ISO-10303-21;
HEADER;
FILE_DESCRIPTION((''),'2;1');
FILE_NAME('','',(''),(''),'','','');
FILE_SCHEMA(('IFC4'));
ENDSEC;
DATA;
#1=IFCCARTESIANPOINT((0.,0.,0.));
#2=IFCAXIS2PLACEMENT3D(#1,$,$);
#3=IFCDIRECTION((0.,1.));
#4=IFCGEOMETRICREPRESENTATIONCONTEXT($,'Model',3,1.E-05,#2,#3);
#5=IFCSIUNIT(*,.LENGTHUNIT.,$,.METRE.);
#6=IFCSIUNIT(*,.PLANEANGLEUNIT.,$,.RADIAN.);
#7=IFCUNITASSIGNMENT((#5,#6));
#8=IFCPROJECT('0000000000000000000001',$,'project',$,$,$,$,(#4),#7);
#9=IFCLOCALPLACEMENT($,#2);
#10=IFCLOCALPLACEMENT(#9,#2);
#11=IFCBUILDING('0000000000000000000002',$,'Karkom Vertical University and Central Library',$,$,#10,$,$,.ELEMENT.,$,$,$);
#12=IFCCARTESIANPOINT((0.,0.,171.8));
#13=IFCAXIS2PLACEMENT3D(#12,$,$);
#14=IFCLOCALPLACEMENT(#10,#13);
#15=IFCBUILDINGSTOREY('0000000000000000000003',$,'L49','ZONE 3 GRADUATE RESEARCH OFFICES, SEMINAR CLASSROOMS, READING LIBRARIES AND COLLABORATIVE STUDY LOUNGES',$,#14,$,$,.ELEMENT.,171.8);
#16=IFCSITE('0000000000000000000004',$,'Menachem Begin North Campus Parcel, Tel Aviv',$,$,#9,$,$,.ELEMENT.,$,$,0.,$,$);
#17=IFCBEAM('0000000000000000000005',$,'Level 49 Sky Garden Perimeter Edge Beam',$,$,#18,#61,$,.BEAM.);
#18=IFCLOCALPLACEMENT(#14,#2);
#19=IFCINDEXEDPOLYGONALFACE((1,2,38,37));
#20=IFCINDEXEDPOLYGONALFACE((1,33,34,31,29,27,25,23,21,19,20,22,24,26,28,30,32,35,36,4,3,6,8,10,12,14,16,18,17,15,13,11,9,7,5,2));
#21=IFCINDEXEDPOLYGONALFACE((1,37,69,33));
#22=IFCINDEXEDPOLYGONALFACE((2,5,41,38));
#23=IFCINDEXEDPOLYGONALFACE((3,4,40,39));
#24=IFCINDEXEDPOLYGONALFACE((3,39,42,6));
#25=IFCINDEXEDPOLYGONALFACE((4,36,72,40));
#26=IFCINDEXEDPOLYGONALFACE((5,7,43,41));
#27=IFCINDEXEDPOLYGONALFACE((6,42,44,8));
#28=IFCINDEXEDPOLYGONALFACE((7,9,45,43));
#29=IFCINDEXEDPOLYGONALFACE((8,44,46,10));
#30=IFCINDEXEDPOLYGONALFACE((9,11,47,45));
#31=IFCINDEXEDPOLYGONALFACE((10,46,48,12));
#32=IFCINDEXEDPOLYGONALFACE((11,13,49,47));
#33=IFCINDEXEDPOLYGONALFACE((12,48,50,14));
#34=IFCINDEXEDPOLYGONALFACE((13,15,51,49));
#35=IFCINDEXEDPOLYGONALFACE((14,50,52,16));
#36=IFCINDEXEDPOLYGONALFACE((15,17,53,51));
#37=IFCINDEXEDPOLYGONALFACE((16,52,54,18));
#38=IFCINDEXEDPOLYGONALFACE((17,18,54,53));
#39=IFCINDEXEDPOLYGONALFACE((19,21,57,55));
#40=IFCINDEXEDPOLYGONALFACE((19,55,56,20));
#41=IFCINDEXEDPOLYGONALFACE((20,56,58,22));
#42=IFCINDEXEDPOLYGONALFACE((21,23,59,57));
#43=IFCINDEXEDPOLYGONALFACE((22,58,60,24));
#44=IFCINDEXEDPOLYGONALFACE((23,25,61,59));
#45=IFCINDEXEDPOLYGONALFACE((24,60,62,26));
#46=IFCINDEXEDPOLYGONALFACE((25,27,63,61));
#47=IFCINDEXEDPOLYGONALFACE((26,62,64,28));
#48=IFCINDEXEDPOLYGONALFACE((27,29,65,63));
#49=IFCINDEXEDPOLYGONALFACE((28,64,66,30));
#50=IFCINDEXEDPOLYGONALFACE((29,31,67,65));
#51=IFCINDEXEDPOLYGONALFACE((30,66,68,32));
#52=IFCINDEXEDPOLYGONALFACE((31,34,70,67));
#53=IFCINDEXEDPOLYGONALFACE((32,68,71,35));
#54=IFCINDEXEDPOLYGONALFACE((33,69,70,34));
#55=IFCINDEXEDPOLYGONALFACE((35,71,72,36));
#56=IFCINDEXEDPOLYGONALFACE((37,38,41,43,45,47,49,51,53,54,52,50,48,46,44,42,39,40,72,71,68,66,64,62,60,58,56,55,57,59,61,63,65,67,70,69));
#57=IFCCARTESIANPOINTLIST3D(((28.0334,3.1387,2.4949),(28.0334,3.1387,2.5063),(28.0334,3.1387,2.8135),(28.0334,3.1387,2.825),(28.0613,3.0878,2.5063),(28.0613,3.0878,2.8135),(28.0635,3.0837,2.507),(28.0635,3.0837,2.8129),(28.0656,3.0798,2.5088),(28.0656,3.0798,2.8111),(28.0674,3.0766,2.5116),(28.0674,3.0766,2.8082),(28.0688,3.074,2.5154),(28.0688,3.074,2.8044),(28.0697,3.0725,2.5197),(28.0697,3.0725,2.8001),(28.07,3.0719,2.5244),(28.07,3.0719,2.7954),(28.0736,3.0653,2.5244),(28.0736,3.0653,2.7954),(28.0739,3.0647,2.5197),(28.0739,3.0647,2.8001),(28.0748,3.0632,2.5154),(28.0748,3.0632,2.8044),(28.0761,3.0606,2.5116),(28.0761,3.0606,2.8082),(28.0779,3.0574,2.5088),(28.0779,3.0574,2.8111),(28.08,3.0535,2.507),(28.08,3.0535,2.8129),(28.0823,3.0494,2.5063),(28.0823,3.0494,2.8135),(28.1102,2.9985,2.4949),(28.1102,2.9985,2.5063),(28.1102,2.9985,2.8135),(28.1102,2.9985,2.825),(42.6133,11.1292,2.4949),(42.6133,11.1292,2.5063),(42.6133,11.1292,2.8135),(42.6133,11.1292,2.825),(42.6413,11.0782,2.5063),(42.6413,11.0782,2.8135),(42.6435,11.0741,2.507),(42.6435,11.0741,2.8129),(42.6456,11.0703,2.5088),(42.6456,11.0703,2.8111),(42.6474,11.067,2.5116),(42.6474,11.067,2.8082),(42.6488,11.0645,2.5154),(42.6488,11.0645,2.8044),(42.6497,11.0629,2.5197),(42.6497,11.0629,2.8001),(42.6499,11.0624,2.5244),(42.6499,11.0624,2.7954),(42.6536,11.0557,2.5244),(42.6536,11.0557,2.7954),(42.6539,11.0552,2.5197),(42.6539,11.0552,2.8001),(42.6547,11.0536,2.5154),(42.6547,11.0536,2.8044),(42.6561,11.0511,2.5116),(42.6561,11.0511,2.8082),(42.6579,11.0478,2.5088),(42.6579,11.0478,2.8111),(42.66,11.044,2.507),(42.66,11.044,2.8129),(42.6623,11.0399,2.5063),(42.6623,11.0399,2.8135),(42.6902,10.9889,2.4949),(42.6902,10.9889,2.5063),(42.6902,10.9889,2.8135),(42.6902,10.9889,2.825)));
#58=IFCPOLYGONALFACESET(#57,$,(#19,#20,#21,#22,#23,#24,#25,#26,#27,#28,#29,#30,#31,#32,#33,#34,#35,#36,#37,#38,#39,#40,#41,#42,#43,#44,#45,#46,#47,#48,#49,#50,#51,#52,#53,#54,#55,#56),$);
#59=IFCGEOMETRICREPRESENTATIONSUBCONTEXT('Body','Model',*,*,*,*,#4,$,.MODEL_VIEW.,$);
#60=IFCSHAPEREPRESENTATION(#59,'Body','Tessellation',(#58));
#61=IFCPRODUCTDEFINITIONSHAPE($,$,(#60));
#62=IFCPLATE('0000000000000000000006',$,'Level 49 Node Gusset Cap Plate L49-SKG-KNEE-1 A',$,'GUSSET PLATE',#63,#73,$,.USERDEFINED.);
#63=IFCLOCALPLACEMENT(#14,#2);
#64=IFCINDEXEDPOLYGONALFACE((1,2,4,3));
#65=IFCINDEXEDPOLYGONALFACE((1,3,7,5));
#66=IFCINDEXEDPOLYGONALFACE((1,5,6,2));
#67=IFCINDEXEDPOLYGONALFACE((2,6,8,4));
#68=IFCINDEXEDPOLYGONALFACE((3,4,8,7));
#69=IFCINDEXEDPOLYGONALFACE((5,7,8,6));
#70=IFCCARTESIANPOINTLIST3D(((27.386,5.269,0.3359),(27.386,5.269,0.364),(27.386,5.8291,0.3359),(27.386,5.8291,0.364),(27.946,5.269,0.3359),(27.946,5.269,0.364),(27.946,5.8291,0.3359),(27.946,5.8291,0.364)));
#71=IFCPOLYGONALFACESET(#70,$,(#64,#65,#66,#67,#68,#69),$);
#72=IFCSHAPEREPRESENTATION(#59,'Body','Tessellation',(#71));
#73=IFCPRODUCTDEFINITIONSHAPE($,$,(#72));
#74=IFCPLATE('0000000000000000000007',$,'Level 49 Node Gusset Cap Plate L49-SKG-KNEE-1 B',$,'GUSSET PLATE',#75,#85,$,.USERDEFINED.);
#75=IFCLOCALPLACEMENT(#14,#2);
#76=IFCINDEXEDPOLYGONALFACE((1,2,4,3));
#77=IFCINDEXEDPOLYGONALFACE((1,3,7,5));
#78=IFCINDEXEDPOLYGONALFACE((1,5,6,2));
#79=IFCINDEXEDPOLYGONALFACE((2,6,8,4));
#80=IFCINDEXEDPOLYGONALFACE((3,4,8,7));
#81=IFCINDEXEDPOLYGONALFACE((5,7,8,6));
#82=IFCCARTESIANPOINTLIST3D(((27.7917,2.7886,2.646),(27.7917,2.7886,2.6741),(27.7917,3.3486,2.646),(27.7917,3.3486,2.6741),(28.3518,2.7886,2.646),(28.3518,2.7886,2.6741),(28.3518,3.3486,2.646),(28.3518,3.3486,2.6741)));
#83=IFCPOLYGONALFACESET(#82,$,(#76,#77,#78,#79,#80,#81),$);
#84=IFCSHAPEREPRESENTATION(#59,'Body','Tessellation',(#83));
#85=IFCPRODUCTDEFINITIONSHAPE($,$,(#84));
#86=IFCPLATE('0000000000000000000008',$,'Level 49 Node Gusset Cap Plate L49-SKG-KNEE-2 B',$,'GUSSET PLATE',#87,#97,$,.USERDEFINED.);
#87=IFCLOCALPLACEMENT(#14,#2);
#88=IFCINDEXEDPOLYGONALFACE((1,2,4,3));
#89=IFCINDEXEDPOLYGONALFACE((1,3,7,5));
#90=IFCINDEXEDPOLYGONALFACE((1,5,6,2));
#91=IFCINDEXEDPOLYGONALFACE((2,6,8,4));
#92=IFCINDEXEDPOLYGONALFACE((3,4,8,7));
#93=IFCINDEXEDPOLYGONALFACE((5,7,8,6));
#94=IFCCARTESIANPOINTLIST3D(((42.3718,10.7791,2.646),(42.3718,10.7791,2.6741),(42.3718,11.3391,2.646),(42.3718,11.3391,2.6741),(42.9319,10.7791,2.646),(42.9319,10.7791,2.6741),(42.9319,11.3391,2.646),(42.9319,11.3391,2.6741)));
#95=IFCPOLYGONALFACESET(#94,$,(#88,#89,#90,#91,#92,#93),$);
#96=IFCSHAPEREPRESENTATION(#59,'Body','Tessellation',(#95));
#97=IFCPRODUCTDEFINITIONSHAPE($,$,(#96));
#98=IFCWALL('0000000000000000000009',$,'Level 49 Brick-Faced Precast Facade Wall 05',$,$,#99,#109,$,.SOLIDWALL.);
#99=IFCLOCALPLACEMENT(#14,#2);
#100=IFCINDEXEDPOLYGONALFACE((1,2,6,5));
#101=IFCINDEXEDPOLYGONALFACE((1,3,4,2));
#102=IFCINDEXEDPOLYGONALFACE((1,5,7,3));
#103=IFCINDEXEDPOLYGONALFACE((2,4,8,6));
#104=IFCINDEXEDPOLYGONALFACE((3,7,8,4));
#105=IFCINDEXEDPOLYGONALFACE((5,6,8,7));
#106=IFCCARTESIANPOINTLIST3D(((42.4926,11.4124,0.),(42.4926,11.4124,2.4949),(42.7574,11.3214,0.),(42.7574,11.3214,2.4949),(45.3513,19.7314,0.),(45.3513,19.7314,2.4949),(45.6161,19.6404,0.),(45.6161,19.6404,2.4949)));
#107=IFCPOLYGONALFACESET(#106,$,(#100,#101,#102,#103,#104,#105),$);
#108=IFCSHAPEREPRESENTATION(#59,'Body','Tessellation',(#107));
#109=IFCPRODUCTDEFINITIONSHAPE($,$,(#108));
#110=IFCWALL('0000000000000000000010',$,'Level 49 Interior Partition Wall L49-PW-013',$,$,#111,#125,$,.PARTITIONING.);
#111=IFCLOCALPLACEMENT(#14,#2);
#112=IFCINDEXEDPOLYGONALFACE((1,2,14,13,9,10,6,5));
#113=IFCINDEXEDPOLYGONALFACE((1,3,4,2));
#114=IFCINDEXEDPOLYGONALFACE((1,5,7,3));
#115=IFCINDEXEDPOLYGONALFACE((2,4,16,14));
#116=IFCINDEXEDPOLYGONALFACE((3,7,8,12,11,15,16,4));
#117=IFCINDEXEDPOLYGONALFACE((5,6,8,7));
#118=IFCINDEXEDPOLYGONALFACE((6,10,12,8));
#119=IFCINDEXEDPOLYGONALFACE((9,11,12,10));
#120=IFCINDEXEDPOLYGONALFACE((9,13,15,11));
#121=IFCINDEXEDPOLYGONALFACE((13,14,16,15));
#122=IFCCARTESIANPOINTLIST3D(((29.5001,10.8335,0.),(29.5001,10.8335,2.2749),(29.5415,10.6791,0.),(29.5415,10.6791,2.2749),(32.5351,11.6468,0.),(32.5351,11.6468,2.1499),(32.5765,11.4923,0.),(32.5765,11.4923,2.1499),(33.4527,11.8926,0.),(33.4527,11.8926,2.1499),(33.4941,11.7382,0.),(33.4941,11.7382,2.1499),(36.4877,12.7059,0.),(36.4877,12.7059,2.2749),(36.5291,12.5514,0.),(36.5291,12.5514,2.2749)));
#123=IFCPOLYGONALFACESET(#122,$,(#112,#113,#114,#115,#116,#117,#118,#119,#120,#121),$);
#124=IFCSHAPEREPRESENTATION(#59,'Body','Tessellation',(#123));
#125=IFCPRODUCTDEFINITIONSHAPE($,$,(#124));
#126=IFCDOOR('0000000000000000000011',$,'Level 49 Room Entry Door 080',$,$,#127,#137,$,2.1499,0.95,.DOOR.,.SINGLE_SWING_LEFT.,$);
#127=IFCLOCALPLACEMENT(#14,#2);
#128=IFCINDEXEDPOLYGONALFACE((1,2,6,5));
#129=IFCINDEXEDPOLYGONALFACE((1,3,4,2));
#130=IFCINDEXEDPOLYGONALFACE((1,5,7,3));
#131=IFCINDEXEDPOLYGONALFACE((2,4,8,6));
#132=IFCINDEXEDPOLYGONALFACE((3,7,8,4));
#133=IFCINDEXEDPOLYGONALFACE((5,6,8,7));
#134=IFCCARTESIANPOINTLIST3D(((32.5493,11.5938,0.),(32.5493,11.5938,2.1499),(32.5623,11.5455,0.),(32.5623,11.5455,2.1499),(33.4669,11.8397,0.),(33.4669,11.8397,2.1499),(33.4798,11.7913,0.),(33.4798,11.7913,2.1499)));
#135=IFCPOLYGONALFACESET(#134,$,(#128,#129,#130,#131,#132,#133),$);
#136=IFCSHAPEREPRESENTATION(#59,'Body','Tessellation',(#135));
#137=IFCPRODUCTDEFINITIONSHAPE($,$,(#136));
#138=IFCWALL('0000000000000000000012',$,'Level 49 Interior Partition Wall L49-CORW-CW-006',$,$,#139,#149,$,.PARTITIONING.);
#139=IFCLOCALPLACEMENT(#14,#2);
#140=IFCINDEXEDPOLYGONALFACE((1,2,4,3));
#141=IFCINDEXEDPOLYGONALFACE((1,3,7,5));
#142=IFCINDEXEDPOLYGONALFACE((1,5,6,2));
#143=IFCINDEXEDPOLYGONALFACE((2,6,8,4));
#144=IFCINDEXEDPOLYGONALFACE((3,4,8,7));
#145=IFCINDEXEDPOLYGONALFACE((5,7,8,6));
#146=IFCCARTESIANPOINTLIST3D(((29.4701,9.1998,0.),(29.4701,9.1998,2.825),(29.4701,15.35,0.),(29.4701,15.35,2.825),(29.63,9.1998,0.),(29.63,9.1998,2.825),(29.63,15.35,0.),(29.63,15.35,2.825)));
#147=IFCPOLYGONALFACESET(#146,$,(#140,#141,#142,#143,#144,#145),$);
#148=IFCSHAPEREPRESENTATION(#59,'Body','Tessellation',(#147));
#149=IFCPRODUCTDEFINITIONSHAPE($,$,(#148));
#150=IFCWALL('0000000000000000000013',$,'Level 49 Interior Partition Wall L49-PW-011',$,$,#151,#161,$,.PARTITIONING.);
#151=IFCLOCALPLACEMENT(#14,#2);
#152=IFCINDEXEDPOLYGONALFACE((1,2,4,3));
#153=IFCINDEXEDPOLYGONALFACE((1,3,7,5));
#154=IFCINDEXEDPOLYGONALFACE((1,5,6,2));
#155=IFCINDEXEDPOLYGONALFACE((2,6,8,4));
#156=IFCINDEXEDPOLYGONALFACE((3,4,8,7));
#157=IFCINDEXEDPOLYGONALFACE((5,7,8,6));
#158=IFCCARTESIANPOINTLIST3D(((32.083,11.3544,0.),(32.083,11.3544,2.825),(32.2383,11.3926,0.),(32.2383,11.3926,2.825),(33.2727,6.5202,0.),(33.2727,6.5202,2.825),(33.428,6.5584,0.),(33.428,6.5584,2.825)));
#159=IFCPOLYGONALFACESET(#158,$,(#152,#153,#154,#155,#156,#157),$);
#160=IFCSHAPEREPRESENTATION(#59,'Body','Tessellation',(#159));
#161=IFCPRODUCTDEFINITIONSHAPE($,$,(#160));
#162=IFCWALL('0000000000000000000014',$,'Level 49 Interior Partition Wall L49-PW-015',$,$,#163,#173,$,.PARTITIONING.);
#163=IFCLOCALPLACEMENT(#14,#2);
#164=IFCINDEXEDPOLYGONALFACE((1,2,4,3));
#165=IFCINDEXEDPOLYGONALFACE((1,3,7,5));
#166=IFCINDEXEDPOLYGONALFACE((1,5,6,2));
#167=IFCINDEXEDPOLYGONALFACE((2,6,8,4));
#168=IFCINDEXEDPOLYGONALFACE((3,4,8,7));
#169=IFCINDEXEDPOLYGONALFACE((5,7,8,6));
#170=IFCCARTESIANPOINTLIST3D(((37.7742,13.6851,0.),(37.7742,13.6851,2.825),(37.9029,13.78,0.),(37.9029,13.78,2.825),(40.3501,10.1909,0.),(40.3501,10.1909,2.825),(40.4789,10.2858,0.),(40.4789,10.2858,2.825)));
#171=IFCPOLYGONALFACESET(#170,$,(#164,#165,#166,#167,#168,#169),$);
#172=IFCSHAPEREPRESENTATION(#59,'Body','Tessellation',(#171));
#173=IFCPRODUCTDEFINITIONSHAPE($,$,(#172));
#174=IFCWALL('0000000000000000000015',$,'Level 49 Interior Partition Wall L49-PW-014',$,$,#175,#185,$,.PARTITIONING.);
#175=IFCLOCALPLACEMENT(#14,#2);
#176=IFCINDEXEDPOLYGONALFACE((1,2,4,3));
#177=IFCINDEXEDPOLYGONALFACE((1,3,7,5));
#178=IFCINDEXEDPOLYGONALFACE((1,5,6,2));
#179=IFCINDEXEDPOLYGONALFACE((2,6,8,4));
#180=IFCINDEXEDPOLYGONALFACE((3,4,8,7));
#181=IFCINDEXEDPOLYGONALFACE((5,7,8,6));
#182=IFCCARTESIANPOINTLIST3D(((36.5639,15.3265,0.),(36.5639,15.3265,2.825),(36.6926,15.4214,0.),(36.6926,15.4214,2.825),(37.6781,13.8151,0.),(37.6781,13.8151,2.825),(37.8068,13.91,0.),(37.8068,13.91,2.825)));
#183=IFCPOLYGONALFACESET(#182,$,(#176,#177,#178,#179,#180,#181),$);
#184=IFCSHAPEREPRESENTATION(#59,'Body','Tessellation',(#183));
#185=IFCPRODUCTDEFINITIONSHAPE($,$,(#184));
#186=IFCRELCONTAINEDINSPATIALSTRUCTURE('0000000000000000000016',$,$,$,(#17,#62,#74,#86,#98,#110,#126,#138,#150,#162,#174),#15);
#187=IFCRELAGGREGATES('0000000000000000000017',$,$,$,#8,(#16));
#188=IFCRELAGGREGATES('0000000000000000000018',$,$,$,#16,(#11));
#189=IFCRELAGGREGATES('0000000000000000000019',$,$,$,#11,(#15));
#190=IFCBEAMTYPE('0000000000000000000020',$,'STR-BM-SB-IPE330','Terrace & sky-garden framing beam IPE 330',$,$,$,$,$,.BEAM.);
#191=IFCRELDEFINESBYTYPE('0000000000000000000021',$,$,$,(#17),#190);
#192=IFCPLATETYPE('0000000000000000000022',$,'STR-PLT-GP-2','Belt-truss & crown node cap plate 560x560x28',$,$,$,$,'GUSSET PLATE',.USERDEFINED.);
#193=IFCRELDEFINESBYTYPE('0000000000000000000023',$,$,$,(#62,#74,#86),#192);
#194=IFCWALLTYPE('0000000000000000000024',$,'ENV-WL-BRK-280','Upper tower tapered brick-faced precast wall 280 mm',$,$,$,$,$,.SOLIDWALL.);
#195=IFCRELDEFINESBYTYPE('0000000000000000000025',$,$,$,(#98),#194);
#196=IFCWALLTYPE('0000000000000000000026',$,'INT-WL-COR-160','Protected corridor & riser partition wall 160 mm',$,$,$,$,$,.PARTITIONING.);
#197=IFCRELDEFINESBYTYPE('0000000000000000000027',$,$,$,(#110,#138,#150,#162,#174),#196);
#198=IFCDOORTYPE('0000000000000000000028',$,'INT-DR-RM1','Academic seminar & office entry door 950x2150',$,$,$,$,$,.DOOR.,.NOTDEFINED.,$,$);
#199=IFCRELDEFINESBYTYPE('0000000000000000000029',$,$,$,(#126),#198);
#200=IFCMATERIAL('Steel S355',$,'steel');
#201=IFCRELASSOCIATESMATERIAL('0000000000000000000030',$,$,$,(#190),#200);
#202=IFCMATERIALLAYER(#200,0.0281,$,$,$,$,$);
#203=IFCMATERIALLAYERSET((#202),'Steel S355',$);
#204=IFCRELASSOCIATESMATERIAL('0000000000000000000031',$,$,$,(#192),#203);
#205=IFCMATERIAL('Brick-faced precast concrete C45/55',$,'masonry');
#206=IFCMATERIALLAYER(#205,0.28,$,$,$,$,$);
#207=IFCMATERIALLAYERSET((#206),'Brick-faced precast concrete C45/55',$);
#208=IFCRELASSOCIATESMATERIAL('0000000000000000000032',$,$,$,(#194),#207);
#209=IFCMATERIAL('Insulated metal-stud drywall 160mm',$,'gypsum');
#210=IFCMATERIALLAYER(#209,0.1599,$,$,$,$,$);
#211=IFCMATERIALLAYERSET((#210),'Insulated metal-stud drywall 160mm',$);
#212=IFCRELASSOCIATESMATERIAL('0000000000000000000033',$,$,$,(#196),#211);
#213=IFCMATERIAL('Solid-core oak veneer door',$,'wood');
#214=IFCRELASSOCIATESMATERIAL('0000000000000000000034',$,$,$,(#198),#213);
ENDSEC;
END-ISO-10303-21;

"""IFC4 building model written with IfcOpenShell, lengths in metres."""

from ifc_helpers import new_model, si_unit, direction, frame, frame_2d, origin, origin_with_axes, origin_2d, place, context, subcontext, project, spatial, rectangle, i_section, extrude, source, transform, mapped, material, layer, layer_set, material_profile, profile_set, type_object, element, fill, save


model = new_model("IFC4")

# Units and contexts
model_context = context("Model", 3, precision=1e-05, world=origin(), true_north=direction((0.0, 1.0)))
body_context = subcontext(model_context, "Body", "Model", "MODEL_VIEW")
ifc_project = project(units=[si_unit("LENGTHUNIT", "METRE"), si_unit("PLANEANGLEUNIT", "RADIAN")], contexts=[model_context])

# Site, building, storey
site_placement = place(None, origin())
site = spatial("IfcSite", under=ifc_project, at=site_placement, Name="Menachem Begin North Campus Parcel, Tel Aviv", CompositionType="ELEMENT", RefElevation=0.0)
building_placement = place(site_placement, origin())
building = spatial("IfcBuilding", under=site, at=building_placement, Name="Karkom Vertical University and Central Library", CompositionType="ELEMENT")
storey_placement = place(building_placement, frame((0.0, 0.0, 171.8)))
storey = spatial("IfcBuildingStorey", under=building, at=storey_placement, Name="L49", Description="ZONE 3 GRADUATE RESEARCH OFFICES, SEMINAR CLASSROOMS, READING LIBRARIES AND COLLABORATIVE STUDY LOUNGES", CompositionType="ELEMENT", Elevation=171.8)

# Shared definitions
ifc_material_1 = material(Name="Steel S355", Category="steel")

# Beam
ifc_material_profile_1 = material_profile(ifc_material_1, i_section(OverallWidth=0.1599, OverallDepth=0.3301, WebThickness=0.0076, FlangeThickness=0.0115, FilletRadius=0.0181, at=origin_2d()), Name="IPE 330")
ifc_profile_set_1 = profile_set([ifc_material_profile_1], Name="Steel S355")
beam_type_1 = type_object("IfcBeamType", Name="STR-BM-SB-IPE330", Description="Terrace & sky-garden framing beam IPE 330", PredefinedType="BEAM", material=ifc_profile_set_1)
shared_shape_1 = source(origin_with_axes(), body_context, "Body", "SweptSolid", [
    extrude(i_section(OverallWidth=0.1599, OverallDepth=0.3301, WebThickness=0.0076, FlangeThickness=0.0115, FilletRadius=0.0181, at=origin_2d()), origin(), (0.0, 0.0, 1.0), 16.626),
])
beam_1_placement = place(storey_placement, frame((28.0718, 3.0686, 2.6599), z_axis=(0.87694, 0.480599, 0.0), x_axis=(-0.480599, 0.87694, 0.0)))
element("IfcBeam", 1, at=beam_1_placement, inside=storey, type_object=beam_type_1, Name="Level 49 Sky Garden Perimeter Edge Beam", PredefinedType="BEAM", context=body_context, shape_type="MappedRepresentation", body=[
    mapped(shared_shape_1, transform((0.0, 0.0, 0.0), scale=1.0)),
])

# Plates
ifc_layer_1 = layer(ifc_material_1, 0.0281)
ifc_layer_set_1 = layer_set([ifc_layer_1], Name="Steel S355")
plate_type = type_object("IfcPlateType", Name="STR-PLT-GP-2", Description="Belt-truss & crown node cap plate 560x560x28", ElementType="GUSSET PLATE", PredefinedType="USERDEFINED", material=ifc_layer_set_1)
shared_shape_2 = source(origin_with_axes(), body_context, "Body", "SweptSolid", [
    extrude(rectangle(XDim=0.5601, YDim=0.5601, at=origin_2d()), origin(), (0.0, 0.0, 1.0), 0.0281),
])
for number, where, z_axis, x_axis, name in (
    (2, (27.666, 5.5491, 0.3359), (0.0, 0.0, 1.0), (1.0, 0.0, 0.0), "Level 49 Node Gusset Cap Plate L49-SKG-KNEE-1 A"),
    (3, (28.0718, 3.0686, 2.646), (0.0, 0.0, 1.0), (1.0, 0.0, 0.0), "Level 49 Node Gusset Cap Plate L49-SKG-KNEE-1 B"),
    (4, (42.6519, 11.0591, 2.646), (0.0, 0.0, 1.0), (1.0, 0.0, 0.0), "Level 49 Node Gusset Cap Plate L49-SKG-KNEE-2 B"),
):
    element("IfcPlate", number, at=place(storey_placement, frame(where, z_axis=z_axis, x_axis=x_axis)), inside=storey, type_object=plate_type, Name=name, ObjectType="GUSSET PLATE", PredefinedType="USERDEFINED", context=body_context, shape_type="MappedRepresentation", body=[
        mapped(shared_shape_2, transform((0.0, 0.0, 0.0), scale=1.0)),
    ])

# Wall
ifc_material_2 = material(Name="Brick-faced precast concrete C45/55", Category="masonry")
ifc_layer_2 = layer(ifc_material_2, 0.28)
ifc_layer_set_2 = layer_set([ifc_layer_2], Name="Brick-faced precast concrete C45/55")
wall_type_1 = type_object("IfcWallType", Name="ENV-WL-BRK-280", Description="Upper tower tapered brick-faced precast wall 280 mm", PredefinedType="SOLIDWALL", material=ifc_layer_set_2)
wall_1_placement = place(storey_placement, frame((42.625, 11.3669, 0.0), z_axis=(0.0, 0.0, 1.0), x_axis=(0.324982, 0.94572, 0.0)))
element("IfcWall", 5, at=wall_1_placement, inside=storey, type_object=wall_type_1, Name="Level 49 Brick-Faced Precast Facade Wall 05", PredefinedType="SOLIDWALL", context=body_context, shape_type="SweptSolid", body=[
    extrude(rectangle(XDim=8.7964, YDim=0.28, at=frame_2d((4.3982, 0.0))), origin(), (0.0, 0.0, 1.0), 2.4949),
])

# Shared definitions
ifc_material_3 = material(Name="Insulated metal-stud drywall 160mm", Category="gypsum")
ifc_layer_3 = layer(ifc_material_3, 0.1599)
ifc_layer_set_3 = layer_set([ifc_layer_3], Name="Insulated metal-stud drywall 160mm")
wall_type_2 = type_object("IfcWallType", Name="INT-WL-COR-160", Description="Protected corridor & riser partition wall 160 mm", PredefinedType="PARTITIONING", material=ifc_layer_set_3)
ifc_material_4 = material(Name="Solid-core oak veneer door", Category="wood")
door_type = type_object("IfcDoorType", Name="INT-DR-RM1", Description="Academic seminar & office entry door 950x2150", OperationType="NOTDEFINED", PredefinedType="DOOR", material=ifc_material_4)
shared_shape_3 = source(origin_with_axes(), body_context, "Body", "SweptSolid", [
    extrude(rectangle(XDim=0.95, YDim=2.1499, at=frame_2d((0.4751, 1.075))), frame((0.0, 0.0249, 0.0), z_axis=(0.0, -1.0, 0.0), x_axis=(1.0, 0.0, 0.0)), (0.0, 0.0, 1.0), 0.05),
])

# Wall, opening, door
wall_2_placement = place(storey_placement, frame((36.5085, 12.6287, 0.0), z_axis=(0.0, 0.0, 1.0), x_axis=(-0.965926, -0.25882, 0.0)))
wall_2 = element("IfcWall", 6, at=wall_2_placement, inside=storey, type_object=wall_type_2, Name="Level 49 Interior Partition Wall L49-PW-013", PredefinedType="PARTITIONING", context=body_context, shape_type="SweptSolid", body=[
    extrude(rectangle(XDim=7.2341, YDim=0.1599, at=frame_2d((3.6172, 0.0))), origin(), (0.0, 0.0, 1.0), 2.2749),
])
opening_1_placement = place(wall_2_placement, frame((3.1421, 0.0, 0.0)))
opening_1 = element("IfcOpeningElement", 7, at=opening_1_placement, cuts=wall_2, PredefinedType="OPENING", context=body_context, shape_type="SweptSolid", body=[
    extrude(rectangle(XDim=0.95, YDim=2.1499, at=frame_2d((0.4751, 1.075))), frame((0.0, 0.0898, 0.0), z_axis=(0.0, -1.0, 0.0), x_axis=(1.0, 0.0, 0.0)), (0.0, 0.0, 1.0), 0.1799),
])
door_1_placement = place(opening_1_placement, origin())
door_1 = element("IfcDoor", 8, at=door_1_placement, inside=storey, type_object=door_type, Name="Level 49 Room Entry Door 080", OperationType="SINGLE_SWING_LEFT", OverallHeight=2.1499, OverallWidth=0.95, PredefinedType="DOOR", context=body_context, shape_type="MappedRepresentation", body=[
    mapped(shared_shape_3, transform((0.0, 0.0, 0.0), scale=1.0)),
])
fill(opening_1, door_1)

# Walls
wall_3_placement = place(storey_placement, frame((29.55, 15.3501, 0.0), z_axis=(0.0, 0.0, 1.0), x_axis=(0.0, -1.0, 0.0)))
element("IfcWall", 9, at=wall_3_placement, inside=storey, type_object=wall_type_2, Name="Level 49 Interior Partition Wall L49-CORW-CW-006", PredefinedType="PARTITIONING", context=body_context, shape_type="SweptSolid", body=[
    extrude(rectangle(XDim=6.1501, YDim=0.1599, at=frame_2d((3.0752, 0.0))), origin(), (0.0, 0.0, 1.0), 2.825),
])
wall_4_placement = place(storey_placement, frame((32.1606, 11.3735, 0.0), z_axis=(0.0, 0.0, 1.0), x_axis=(0.238969, -0.971027, 0.0)))
element("IfcWall", 10, at=wall_4_placement, inside=storey, type_object=wall_type_2, Name="Level 49 Interior Partition Wall L49-PW-011", PredefinedType="PARTITIONING", context=body_context, shape_type="SweptSolid", body=[
    extrude(rectangle(XDim=4.9785, YDim=0.1599, at=frame_2d((2.4893, 0.0))), origin(), (0.0, 0.0, 1.0), 2.825),
])
wall_5_placement = place(storey_placement, frame((37.8386, 13.7324, 0.0), z_axis=(0.0, 0.0, 1.0), x_axis=(0.593393, -0.804913, 0.0)))
element("IfcWall", 11, at=wall_5_placement, inside=storey, type_object=wall_type_2, Name="Level 49 Interior Partition Wall L49-PW-015", PredefinedType="PARTITIONING", context=body_context, shape_type="SweptSolid", body=[
    extrude(rectangle(XDim=4.3411, YDim=0.1599, at=frame_2d((2.1704, 0.0))), origin(), (0.0, 0.0, 1.0), 2.825),
])

# Wall
wall_6_placement = place(storey_placement, frame((36.6282, 15.374, 0.0), z_axis=(0.0, 0.0, 1.0), x_axis=(0.593385, -0.804919, 0.0)))
element("IfcWall", 12, at=wall_6_placement, inside=storey, type_object=wall_type_2, Name="Level 49 Interior Partition Wall L49-PW-014", PredefinedType="PARTITIONING", context=body_context, shape_type="SweptSolid", body=[
    extrude(rectangle(XDim=1.8777, YDim=0.1599, at=frame_2d((0.939, 0.0))), origin(), (0.0, 0.0, 1.0), 2.825),
])

save(model, "model.ifc")
